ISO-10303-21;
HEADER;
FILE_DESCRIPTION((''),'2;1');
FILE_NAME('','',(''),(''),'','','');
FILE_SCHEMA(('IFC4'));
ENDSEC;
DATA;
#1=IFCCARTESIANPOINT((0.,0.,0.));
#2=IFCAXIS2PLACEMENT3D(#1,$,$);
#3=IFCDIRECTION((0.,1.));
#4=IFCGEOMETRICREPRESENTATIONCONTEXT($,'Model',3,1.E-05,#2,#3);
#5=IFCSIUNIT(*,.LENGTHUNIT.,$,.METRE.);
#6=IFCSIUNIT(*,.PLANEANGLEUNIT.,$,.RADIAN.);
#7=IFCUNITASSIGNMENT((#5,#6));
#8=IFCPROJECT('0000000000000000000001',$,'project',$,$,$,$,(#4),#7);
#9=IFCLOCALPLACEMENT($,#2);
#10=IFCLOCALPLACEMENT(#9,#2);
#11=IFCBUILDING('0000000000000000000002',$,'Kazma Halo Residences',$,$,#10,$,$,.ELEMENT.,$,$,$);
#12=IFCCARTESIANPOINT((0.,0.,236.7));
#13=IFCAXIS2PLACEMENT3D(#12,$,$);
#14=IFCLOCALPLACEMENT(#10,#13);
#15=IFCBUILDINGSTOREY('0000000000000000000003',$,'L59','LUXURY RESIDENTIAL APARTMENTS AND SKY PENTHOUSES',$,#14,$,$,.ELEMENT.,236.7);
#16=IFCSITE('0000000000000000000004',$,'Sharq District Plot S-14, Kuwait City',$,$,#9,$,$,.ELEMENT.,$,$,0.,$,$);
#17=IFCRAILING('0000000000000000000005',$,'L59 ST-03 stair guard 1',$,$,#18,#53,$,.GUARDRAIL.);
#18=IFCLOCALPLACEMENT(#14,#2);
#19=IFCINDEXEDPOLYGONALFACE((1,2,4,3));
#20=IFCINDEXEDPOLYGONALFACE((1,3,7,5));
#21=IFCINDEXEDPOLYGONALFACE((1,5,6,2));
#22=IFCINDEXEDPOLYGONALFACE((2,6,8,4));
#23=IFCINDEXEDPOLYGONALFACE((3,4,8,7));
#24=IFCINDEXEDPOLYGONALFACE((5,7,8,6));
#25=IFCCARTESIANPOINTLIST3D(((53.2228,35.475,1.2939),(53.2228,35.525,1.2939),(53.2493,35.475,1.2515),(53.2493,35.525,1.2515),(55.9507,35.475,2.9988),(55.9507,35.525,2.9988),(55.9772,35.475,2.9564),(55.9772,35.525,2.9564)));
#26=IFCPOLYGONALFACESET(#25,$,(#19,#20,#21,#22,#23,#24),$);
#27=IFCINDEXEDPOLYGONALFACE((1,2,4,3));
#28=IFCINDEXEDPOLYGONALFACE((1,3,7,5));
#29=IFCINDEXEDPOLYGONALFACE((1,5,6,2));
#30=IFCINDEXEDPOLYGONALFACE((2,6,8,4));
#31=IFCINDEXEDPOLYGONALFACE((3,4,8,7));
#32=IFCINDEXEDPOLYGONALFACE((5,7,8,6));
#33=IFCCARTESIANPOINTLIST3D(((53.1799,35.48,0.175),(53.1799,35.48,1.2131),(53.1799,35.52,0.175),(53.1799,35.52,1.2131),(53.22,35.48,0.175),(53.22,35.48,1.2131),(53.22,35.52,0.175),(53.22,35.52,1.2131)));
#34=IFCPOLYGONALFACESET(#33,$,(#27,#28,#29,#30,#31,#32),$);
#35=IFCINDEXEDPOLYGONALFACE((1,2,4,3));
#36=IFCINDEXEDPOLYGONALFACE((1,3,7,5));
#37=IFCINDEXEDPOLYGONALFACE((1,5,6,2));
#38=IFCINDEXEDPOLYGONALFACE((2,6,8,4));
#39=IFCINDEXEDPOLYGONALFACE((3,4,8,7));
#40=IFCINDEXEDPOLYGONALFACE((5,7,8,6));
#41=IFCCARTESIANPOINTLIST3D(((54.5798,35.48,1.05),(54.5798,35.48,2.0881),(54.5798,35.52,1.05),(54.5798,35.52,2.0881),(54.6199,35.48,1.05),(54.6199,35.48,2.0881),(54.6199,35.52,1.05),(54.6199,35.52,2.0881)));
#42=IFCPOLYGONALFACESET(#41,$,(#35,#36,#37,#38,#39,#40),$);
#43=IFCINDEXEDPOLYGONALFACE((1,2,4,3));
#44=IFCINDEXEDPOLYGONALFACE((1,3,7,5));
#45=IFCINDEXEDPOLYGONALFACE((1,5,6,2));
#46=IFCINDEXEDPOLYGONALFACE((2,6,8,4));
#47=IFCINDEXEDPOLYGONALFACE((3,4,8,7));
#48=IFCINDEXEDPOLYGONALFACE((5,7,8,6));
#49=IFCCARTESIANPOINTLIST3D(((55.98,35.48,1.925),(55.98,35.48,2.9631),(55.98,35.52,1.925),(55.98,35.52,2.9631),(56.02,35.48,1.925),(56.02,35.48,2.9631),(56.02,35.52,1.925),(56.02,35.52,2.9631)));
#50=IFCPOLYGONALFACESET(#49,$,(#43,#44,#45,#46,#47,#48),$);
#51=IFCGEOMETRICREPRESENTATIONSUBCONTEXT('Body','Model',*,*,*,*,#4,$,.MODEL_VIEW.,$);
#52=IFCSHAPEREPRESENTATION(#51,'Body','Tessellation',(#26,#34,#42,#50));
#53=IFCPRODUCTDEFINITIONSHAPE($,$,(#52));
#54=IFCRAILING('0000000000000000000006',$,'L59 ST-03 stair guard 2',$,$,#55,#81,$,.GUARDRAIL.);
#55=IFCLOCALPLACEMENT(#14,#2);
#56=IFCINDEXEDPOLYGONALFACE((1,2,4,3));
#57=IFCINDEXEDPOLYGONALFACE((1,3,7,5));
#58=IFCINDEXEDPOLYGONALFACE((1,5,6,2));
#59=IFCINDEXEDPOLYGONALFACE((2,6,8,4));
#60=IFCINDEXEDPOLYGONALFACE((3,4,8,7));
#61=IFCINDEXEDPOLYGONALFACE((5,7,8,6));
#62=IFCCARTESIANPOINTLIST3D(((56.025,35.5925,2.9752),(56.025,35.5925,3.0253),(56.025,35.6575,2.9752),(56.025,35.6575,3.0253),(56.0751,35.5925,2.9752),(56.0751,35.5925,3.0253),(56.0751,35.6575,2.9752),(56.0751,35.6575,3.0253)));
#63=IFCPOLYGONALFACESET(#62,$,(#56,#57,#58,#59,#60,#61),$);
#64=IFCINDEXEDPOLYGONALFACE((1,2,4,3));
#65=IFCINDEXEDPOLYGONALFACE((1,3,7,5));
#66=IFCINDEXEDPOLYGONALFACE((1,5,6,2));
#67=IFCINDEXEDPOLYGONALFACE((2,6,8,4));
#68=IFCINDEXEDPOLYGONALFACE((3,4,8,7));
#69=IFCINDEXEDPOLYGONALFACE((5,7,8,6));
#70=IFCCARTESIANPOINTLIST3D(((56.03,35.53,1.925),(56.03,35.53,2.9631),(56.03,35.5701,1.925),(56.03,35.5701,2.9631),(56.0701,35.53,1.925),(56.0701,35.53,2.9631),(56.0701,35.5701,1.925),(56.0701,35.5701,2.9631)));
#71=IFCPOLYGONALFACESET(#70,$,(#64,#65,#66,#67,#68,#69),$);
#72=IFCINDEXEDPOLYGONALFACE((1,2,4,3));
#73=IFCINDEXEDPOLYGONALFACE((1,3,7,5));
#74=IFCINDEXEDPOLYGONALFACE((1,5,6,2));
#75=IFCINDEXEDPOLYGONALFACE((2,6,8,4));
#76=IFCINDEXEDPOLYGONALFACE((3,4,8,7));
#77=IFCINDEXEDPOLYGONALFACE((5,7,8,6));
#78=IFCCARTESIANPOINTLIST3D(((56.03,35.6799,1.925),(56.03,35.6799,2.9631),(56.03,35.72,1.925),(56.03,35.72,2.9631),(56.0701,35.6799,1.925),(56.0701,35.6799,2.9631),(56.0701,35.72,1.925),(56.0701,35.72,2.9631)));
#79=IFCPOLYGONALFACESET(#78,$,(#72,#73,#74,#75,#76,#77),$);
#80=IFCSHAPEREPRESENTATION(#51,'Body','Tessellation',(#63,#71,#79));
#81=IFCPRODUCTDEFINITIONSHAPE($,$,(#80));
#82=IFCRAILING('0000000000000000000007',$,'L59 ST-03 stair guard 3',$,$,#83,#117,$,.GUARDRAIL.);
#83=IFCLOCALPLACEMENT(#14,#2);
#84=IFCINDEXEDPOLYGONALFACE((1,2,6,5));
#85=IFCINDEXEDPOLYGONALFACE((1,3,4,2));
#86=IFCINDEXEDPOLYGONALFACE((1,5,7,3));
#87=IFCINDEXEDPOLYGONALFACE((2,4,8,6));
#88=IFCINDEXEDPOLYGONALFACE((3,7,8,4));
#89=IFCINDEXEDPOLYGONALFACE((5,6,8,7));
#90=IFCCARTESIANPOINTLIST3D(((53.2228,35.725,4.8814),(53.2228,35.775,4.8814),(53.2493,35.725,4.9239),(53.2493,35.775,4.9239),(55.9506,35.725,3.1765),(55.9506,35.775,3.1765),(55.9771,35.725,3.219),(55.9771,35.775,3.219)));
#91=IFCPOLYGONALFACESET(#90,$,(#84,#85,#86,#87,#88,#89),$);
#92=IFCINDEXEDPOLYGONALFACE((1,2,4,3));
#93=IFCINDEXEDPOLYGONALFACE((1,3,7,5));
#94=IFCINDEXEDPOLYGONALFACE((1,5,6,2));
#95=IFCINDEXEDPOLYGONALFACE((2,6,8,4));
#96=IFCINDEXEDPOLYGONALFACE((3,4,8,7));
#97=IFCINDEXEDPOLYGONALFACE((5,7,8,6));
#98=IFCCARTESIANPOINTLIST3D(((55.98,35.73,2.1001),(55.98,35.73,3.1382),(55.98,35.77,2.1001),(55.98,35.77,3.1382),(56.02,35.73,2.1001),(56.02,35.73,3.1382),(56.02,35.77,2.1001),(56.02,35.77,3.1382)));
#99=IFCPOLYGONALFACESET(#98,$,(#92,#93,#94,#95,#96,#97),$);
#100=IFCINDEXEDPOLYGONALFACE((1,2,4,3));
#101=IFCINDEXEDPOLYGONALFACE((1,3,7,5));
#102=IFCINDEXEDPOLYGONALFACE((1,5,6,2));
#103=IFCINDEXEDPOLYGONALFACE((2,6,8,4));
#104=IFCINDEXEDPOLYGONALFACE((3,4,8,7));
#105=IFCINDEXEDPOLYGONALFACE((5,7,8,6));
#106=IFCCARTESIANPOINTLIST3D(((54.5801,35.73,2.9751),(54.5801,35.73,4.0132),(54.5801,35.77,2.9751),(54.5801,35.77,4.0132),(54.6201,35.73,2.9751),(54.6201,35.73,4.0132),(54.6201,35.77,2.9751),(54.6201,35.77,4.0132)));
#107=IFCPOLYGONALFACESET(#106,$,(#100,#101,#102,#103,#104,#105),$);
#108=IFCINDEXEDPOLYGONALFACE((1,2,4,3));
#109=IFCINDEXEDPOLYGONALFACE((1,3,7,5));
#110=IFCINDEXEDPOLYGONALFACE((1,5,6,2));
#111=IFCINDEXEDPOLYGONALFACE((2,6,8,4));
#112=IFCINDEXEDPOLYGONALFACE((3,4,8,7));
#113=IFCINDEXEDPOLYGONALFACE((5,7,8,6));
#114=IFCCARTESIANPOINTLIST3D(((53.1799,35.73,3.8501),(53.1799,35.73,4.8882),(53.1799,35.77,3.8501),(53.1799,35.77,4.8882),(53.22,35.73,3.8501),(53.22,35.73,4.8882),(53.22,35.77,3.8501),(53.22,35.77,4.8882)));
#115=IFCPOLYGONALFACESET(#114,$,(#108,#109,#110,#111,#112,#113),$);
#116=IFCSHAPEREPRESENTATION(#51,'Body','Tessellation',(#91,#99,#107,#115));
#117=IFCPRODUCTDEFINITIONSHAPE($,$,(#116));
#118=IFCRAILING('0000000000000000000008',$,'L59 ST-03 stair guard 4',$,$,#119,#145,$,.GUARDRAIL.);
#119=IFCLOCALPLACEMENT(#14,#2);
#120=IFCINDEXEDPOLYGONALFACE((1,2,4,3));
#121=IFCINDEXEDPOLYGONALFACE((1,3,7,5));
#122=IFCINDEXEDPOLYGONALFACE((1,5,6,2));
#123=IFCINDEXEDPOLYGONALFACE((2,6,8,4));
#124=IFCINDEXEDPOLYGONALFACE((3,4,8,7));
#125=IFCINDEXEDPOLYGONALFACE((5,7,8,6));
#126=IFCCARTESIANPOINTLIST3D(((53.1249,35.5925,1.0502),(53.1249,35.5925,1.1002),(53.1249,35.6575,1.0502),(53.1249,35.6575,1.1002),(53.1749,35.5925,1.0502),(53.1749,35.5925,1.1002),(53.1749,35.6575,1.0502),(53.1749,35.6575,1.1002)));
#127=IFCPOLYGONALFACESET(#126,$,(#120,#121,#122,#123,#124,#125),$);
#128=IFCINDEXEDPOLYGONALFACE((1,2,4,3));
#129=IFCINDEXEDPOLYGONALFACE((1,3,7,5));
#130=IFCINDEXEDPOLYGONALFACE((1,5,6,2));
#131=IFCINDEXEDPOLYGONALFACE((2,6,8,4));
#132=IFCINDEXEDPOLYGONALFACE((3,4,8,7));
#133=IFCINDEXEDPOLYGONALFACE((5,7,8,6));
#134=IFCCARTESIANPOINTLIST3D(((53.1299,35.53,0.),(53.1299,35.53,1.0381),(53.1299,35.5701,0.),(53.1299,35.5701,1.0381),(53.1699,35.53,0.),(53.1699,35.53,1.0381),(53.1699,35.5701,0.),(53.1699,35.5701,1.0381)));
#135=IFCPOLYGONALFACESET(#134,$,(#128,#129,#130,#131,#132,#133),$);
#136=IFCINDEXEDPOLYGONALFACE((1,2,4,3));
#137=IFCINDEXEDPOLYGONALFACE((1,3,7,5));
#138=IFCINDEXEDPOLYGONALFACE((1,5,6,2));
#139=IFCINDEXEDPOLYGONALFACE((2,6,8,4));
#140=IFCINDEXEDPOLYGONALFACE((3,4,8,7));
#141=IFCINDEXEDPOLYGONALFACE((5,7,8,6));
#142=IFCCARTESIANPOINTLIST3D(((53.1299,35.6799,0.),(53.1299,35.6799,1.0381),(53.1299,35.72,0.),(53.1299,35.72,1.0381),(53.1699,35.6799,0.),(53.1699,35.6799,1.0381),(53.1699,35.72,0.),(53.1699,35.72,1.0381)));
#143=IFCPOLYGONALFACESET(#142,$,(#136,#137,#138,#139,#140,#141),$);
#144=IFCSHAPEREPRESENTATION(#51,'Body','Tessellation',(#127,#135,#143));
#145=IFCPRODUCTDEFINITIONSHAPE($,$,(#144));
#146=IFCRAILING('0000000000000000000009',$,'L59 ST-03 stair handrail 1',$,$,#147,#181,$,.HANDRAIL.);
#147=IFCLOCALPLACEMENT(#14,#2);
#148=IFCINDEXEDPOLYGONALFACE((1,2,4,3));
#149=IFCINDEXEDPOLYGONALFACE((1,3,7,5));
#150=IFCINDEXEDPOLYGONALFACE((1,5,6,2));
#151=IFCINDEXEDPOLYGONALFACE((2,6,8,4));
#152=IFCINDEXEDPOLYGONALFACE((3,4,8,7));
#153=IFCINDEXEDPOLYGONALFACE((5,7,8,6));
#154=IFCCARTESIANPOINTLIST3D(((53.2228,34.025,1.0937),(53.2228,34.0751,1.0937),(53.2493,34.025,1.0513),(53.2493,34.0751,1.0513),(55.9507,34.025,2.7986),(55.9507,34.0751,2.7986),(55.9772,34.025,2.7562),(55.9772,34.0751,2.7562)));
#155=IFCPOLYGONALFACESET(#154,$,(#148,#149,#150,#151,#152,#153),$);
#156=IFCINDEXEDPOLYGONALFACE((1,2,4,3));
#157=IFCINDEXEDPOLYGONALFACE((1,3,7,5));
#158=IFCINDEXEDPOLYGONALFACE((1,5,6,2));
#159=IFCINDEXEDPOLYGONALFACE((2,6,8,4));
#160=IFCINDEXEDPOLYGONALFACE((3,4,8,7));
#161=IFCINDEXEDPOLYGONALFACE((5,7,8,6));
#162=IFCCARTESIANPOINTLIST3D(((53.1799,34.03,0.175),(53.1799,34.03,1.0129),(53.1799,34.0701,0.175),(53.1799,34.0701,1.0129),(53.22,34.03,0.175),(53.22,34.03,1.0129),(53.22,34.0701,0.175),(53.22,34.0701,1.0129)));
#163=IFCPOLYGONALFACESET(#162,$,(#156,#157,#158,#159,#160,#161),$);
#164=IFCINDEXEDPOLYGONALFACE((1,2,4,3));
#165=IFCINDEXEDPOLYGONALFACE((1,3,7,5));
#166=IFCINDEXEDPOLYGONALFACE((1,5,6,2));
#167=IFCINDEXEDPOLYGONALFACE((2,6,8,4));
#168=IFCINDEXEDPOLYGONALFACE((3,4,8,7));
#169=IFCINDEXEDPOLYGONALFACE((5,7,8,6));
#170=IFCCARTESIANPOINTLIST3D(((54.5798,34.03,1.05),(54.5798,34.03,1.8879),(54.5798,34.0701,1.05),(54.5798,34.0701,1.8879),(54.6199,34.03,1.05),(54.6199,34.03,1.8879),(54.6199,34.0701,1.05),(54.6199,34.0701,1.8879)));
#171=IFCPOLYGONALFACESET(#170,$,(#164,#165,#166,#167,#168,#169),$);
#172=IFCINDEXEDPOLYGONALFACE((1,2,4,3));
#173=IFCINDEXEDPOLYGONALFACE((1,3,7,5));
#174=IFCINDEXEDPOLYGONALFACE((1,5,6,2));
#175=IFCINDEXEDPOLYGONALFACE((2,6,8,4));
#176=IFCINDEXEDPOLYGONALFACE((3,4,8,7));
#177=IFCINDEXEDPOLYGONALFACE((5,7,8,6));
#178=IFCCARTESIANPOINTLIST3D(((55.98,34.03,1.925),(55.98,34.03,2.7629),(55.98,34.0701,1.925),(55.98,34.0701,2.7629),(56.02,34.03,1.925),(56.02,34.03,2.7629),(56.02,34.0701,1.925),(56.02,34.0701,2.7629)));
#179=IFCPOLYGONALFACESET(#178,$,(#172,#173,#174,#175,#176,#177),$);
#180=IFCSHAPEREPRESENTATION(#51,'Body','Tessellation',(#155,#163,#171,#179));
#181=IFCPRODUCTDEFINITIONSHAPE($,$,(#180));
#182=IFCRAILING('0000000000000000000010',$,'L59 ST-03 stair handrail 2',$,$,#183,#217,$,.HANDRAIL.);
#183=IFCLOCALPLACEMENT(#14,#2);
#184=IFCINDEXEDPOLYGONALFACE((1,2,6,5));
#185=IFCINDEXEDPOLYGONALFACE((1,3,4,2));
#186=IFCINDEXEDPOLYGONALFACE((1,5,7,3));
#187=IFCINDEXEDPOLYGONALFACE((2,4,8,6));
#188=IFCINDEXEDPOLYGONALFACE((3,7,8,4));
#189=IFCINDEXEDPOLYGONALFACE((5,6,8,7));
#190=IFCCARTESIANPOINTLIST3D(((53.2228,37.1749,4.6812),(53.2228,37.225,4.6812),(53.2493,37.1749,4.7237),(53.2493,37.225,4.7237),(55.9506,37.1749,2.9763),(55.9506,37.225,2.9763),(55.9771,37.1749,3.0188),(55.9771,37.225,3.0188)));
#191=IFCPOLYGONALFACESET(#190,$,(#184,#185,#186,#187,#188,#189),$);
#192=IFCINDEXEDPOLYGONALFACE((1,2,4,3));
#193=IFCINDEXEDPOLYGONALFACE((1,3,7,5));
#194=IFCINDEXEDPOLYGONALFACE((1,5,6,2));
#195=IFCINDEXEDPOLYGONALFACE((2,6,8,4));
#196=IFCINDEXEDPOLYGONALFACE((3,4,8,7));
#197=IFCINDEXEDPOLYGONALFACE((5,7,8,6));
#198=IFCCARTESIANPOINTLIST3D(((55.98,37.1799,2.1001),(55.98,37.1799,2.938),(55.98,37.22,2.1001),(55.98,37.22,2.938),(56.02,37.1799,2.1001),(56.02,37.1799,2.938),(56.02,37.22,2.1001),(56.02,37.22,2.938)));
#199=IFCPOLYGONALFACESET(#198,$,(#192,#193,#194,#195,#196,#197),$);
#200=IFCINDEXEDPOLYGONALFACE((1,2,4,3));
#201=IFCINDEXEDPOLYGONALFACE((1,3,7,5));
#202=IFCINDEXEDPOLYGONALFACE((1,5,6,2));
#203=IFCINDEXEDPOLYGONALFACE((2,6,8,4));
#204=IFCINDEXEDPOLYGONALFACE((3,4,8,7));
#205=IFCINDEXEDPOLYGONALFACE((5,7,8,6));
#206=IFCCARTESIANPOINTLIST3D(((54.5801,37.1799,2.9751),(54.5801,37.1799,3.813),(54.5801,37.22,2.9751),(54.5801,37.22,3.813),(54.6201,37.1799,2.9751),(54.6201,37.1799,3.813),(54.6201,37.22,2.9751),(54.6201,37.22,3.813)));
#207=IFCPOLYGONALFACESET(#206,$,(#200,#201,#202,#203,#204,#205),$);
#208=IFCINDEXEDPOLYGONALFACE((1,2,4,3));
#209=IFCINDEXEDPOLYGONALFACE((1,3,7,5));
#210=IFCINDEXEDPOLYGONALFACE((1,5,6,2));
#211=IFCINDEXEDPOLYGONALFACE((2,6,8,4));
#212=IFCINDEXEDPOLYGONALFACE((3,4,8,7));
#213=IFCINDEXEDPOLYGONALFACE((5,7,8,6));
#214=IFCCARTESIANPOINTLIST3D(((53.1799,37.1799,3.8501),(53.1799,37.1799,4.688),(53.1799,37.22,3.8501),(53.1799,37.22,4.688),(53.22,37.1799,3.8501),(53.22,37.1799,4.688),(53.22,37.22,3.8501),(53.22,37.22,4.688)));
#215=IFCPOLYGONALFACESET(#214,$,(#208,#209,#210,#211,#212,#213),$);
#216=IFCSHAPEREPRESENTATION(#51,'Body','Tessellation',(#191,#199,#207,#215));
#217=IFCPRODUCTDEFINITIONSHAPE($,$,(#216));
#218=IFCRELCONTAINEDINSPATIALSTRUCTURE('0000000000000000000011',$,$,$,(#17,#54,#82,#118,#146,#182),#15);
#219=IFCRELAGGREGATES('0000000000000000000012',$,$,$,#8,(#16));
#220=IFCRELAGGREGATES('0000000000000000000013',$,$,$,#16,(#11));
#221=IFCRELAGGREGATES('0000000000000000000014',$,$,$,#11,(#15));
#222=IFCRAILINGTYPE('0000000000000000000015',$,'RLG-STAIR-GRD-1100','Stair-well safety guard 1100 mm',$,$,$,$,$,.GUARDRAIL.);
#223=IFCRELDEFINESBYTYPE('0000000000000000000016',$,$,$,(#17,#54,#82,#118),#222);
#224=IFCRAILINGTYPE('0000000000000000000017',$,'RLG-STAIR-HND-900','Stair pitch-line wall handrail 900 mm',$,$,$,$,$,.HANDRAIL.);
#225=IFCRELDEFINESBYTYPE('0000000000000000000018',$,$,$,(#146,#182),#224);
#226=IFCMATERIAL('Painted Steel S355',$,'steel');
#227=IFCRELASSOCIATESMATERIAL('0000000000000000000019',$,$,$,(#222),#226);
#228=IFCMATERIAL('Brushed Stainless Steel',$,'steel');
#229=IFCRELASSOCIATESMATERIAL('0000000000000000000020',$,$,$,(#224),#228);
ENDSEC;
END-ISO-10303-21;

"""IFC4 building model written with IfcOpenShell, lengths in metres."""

from ifc_helpers import new_model, si_unit, direction, frame, origin, origin_2d, place, context, subcontext, project, spatial, rectangle, extrude, material, type_object, element, save


model = new_model("IFC4")

# Units and contexts
model_context = context("Model", 3, precision=1e-05, world=origin(), true_north=direction((0.0, 1.0)))
body_context = subcontext(model_context, "Body", "Model", "MODEL_VIEW")
ifc_project = project(units=[si_unit("LENGTHUNIT", "METRE"), si_unit("PLANEANGLEUNIT", "RADIAN")], contexts=[model_context])

# Site, building, storey
site_placement = place(None, origin())
site = spatial("IfcSite", under=ifc_project, at=site_placement, Name="Sharq District Plot S-14, Kuwait City", CompositionType="ELEMENT", RefElevation=0.0)
building_placement = place(site_placement, origin())
building = spatial("IfcBuilding", under=site, at=building_placement, Name="Kazma Halo Residences", CompositionType="ELEMENT")
storey_placement = place(building_placement, frame((0.0, 0.0, 236.7)))
storey = spatial("IfcBuildingStorey", under=building, at=storey_placement, Name="L59", Description="LUXURY RESIDENTIAL APARTMENTS AND SKY PENTHOUSES", CompositionType="ELEMENT", Elevation=236.7)

# Railings
ifc_material_1 = material(Name="Painted Steel S355", Category="steel")
railing_type_1 = type_object("IfcRailingType", Name="RLG-STAIR-GRD-1100", Description="Stair-well safety guard 1100 mm", PredefinedType="GUARDRAIL", material=ifc_material_1)
railing_1_placement = place(storey_placement, frame((53.2, 35.5, 0.175)))
element("IfcRailing", 1, at=railing_1_placement, inside=storey, type_object=railing_type_1, Name="L59 ST-03 stair guard 1", PredefinedType="GUARDRAIL", context=body_context, shape_type="SweptSolid", body=[
    extrude(rectangle(XDim=0.05, YDim=0.05, at=origin_2d()), frame((0.0361, 0.0, 1.0977), z_axis=(0.848002, 0.0, 0.529992), x_axis=(0.0, 1.0, 0.0)), (0.0, 0.0, 1.0), 3.2168),
    extrude(rectangle(XDim=0.04, YDim=0.04, at=origin_2d()), origin(), (0.0, 0.0, 1.0), 1.0381),
    extrude(rectangle(XDim=0.04, YDim=0.04, at=origin_2d()), frame((1.3999, 0.0, 0.875)), (0.0, 0.0, 1.0), 1.0381),
    extrude(rectangle(XDim=0.04, YDim=0.04, at=origin_2d()), frame((2.8, 0.0, 1.75)), (0.0, 0.0, 1.0), 1.0381),
])
railing_2_placement = place(storey_placement, frame((56.05, 35.55, 1.925)))
element("IfcRailing", 2, at=railing_2_placement, inside=storey, type_object=railing_type_1, Name="L59 ST-03 stair guard 2", PredefinedType="GUARDRAIL", context=body_context, shape_type="SweptSolid", body=[
    extrude(rectangle(XDim=0.05, YDim=0.05, at=origin_2d()), frame((0.0, 0.0425, 1.0752), z_axis=(0.0, 1.0, 0.0), x_axis=(-1.0, 0.0, 0.0)), (0.0, 0.0, 1.0), 0.0649),
    extrude(rectangle(XDim=0.04, YDim=0.04, at=origin_2d()), origin(), (0.0, 0.0, 1.0), 1.0381),
    extrude(rectangle(XDim=0.04, YDim=0.04, at=origin_2d()), frame((0.0, 0.1499, 0.0)), (0.0, 0.0, 1.0), 1.0381),
])
railing_3_placement = place(storey_placement, frame((56.0, 35.75, 2.1001)))
element("IfcRailing", 3, at=railing_3_placement, inside=storey, type_object=railing_type_1, Name="L59 ST-03 stair guard 3", PredefinedType="GUARDRAIL", context=body_context, shape_type="SweptSolid", body=[
    extrude(rectangle(XDim=0.05, YDim=0.05, at=origin_2d()), frame((-0.0361, 0.0, 1.0977), z_axis=(-0.848002, 0.0, 0.529992), x_axis=(0.0, -1.0, 0.0)), (0.0, 0.0, 1.0), 3.2168),
    extrude(rectangle(XDim=0.04, YDim=0.04, at=origin_2d()), origin(), (0.0, 0.0, 1.0), 1.0381),
    extrude(rectangle(XDim=0.04, YDim=0.04, at=origin_2d()), frame((-1.3999, 0.0, 0.875)), (0.0, 0.0, 1.0), 1.0381),
    extrude(rectangle(XDim=0.04, YDim=0.04, at=origin_2d()), frame((-2.8, 0.0, 1.75)), (0.0, 0.0, 1.0), 1.0381),
])
railing_4_placement = place(storey_placement, frame((53.1499, 35.55, 0.0)))
element("IfcRailing", 4, at=railing_4_placement, inside=storey, type_object=railing_type_1, Name="L59 ST-03 stair guard 4", PredefinedType="GUARDRAIL", context=body_context, shape_type="SweptSolid", body=[
    extrude(rectangle(XDim=0.05, YDim=0.05, at=origin_2d()), frame((0.0, 0.0425, 1.0752), z_axis=(0.0, 1.0, 0.0), x_axis=(-1.0, 0.0, 0.0)), (0.0, 0.0, 1.0), 0.0649),
    extrude(rectangle(XDim=0.04, YDim=0.04, at=origin_2d()), origin(), (0.0, 0.0, 1.0), 1.0381),
    extrude(rectangle(XDim=0.04, YDim=0.04, at=origin_2d()), frame((0.0, 0.1499, 0.0)), (0.0, 0.0, 1.0), 1.0381),
])
ifc_material_2 = material(Name="Brushed Stainless Steel", Category="steel")
railing_type_2 = type_object("IfcRailingType", Name="RLG-STAIR-HND-900", Description="Stair pitch-line wall handrail 900 mm", PredefinedType="HANDRAIL", material=ifc_material_2)
railing_5_placement = place(storey_placement, frame((53.2, 34.05, 0.175)))
element("IfcRailing", 5, at=railing_5_placement, inside=storey, type_object=railing_type_2, Name="L59 ST-03 stair handrail 1", PredefinedType="HANDRAIL", context=body_context, shape_type="SweptSolid", body=[
    extrude(rectangle(XDim=0.05, YDim=0.05, at=origin_2d()), frame((0.0361, 0.0, 0.8975), z_axis=(0.848002, 0.0, 0.529992), x_axis=(0.0, 1.0, 0.0)), (0.0, 0.0, 1.0), 3.2168),
    extrude(rectangle(XDim=0.04, YDim=0.04, at=origin_2d()), origin(), (0.0, 0.0, 1.0), 0.8379),
    extrude(rectangle(XDim=0.04, YDim=0.04, at=origin_2d()), frame((1.3999, 0.0, 0.875)), (0.0, 0.0, 1.0), 0.8379),
    extrude(rectangle(XDim=0.04, YDim=0.04, at=origin_2d()), frame((2.8, 0.0, 1.75)), (0.0, 0.0, 1.0), 0.8379),
])
railing_6_placement = place(storey_placement, frame((56.0, 37.2, 2.1001)))
element("IfcRailing", 6, at=railing_6_placement, inside=storey, type_object=railing_type_2, Name="L59 ST-03 stair handrail 2", PredefinedType="HANDRAIL", context=body_context, shape_type="SweptSolid", body=[
    extrude(rectangle(XDim=0.05, YDim=0.05, at=origin_2d()), frame((-0.0361, 0.0, 0.8975), z_axis=(-0.848002, 0.0, 0.529992), x_axis=(0.0, -1.0, 0.0)), (0.0, 0.0, 1.0), 3.2168),
    extrude(rectangle(XDim=0.04, YDim=0.04, at=origin_2d()), origin(), (0.0, 0.0, 1.0), 0.8379),
    extrude(rectangle(XDim=0.04, YDim=0.04, at=origin_2d()), frame((-1.3999, 0.0, 0.875)), (0.0, 0.0, 1.0), 0.8379),
    extrude(rectangle(XDim=0.04, YDim=0.04, at=origin_2d()), frame((-2.8, 0.0, 1.75)), (0.0, 0.0, 1.0), 0.8379),
])

save(model, "model.ifc")
